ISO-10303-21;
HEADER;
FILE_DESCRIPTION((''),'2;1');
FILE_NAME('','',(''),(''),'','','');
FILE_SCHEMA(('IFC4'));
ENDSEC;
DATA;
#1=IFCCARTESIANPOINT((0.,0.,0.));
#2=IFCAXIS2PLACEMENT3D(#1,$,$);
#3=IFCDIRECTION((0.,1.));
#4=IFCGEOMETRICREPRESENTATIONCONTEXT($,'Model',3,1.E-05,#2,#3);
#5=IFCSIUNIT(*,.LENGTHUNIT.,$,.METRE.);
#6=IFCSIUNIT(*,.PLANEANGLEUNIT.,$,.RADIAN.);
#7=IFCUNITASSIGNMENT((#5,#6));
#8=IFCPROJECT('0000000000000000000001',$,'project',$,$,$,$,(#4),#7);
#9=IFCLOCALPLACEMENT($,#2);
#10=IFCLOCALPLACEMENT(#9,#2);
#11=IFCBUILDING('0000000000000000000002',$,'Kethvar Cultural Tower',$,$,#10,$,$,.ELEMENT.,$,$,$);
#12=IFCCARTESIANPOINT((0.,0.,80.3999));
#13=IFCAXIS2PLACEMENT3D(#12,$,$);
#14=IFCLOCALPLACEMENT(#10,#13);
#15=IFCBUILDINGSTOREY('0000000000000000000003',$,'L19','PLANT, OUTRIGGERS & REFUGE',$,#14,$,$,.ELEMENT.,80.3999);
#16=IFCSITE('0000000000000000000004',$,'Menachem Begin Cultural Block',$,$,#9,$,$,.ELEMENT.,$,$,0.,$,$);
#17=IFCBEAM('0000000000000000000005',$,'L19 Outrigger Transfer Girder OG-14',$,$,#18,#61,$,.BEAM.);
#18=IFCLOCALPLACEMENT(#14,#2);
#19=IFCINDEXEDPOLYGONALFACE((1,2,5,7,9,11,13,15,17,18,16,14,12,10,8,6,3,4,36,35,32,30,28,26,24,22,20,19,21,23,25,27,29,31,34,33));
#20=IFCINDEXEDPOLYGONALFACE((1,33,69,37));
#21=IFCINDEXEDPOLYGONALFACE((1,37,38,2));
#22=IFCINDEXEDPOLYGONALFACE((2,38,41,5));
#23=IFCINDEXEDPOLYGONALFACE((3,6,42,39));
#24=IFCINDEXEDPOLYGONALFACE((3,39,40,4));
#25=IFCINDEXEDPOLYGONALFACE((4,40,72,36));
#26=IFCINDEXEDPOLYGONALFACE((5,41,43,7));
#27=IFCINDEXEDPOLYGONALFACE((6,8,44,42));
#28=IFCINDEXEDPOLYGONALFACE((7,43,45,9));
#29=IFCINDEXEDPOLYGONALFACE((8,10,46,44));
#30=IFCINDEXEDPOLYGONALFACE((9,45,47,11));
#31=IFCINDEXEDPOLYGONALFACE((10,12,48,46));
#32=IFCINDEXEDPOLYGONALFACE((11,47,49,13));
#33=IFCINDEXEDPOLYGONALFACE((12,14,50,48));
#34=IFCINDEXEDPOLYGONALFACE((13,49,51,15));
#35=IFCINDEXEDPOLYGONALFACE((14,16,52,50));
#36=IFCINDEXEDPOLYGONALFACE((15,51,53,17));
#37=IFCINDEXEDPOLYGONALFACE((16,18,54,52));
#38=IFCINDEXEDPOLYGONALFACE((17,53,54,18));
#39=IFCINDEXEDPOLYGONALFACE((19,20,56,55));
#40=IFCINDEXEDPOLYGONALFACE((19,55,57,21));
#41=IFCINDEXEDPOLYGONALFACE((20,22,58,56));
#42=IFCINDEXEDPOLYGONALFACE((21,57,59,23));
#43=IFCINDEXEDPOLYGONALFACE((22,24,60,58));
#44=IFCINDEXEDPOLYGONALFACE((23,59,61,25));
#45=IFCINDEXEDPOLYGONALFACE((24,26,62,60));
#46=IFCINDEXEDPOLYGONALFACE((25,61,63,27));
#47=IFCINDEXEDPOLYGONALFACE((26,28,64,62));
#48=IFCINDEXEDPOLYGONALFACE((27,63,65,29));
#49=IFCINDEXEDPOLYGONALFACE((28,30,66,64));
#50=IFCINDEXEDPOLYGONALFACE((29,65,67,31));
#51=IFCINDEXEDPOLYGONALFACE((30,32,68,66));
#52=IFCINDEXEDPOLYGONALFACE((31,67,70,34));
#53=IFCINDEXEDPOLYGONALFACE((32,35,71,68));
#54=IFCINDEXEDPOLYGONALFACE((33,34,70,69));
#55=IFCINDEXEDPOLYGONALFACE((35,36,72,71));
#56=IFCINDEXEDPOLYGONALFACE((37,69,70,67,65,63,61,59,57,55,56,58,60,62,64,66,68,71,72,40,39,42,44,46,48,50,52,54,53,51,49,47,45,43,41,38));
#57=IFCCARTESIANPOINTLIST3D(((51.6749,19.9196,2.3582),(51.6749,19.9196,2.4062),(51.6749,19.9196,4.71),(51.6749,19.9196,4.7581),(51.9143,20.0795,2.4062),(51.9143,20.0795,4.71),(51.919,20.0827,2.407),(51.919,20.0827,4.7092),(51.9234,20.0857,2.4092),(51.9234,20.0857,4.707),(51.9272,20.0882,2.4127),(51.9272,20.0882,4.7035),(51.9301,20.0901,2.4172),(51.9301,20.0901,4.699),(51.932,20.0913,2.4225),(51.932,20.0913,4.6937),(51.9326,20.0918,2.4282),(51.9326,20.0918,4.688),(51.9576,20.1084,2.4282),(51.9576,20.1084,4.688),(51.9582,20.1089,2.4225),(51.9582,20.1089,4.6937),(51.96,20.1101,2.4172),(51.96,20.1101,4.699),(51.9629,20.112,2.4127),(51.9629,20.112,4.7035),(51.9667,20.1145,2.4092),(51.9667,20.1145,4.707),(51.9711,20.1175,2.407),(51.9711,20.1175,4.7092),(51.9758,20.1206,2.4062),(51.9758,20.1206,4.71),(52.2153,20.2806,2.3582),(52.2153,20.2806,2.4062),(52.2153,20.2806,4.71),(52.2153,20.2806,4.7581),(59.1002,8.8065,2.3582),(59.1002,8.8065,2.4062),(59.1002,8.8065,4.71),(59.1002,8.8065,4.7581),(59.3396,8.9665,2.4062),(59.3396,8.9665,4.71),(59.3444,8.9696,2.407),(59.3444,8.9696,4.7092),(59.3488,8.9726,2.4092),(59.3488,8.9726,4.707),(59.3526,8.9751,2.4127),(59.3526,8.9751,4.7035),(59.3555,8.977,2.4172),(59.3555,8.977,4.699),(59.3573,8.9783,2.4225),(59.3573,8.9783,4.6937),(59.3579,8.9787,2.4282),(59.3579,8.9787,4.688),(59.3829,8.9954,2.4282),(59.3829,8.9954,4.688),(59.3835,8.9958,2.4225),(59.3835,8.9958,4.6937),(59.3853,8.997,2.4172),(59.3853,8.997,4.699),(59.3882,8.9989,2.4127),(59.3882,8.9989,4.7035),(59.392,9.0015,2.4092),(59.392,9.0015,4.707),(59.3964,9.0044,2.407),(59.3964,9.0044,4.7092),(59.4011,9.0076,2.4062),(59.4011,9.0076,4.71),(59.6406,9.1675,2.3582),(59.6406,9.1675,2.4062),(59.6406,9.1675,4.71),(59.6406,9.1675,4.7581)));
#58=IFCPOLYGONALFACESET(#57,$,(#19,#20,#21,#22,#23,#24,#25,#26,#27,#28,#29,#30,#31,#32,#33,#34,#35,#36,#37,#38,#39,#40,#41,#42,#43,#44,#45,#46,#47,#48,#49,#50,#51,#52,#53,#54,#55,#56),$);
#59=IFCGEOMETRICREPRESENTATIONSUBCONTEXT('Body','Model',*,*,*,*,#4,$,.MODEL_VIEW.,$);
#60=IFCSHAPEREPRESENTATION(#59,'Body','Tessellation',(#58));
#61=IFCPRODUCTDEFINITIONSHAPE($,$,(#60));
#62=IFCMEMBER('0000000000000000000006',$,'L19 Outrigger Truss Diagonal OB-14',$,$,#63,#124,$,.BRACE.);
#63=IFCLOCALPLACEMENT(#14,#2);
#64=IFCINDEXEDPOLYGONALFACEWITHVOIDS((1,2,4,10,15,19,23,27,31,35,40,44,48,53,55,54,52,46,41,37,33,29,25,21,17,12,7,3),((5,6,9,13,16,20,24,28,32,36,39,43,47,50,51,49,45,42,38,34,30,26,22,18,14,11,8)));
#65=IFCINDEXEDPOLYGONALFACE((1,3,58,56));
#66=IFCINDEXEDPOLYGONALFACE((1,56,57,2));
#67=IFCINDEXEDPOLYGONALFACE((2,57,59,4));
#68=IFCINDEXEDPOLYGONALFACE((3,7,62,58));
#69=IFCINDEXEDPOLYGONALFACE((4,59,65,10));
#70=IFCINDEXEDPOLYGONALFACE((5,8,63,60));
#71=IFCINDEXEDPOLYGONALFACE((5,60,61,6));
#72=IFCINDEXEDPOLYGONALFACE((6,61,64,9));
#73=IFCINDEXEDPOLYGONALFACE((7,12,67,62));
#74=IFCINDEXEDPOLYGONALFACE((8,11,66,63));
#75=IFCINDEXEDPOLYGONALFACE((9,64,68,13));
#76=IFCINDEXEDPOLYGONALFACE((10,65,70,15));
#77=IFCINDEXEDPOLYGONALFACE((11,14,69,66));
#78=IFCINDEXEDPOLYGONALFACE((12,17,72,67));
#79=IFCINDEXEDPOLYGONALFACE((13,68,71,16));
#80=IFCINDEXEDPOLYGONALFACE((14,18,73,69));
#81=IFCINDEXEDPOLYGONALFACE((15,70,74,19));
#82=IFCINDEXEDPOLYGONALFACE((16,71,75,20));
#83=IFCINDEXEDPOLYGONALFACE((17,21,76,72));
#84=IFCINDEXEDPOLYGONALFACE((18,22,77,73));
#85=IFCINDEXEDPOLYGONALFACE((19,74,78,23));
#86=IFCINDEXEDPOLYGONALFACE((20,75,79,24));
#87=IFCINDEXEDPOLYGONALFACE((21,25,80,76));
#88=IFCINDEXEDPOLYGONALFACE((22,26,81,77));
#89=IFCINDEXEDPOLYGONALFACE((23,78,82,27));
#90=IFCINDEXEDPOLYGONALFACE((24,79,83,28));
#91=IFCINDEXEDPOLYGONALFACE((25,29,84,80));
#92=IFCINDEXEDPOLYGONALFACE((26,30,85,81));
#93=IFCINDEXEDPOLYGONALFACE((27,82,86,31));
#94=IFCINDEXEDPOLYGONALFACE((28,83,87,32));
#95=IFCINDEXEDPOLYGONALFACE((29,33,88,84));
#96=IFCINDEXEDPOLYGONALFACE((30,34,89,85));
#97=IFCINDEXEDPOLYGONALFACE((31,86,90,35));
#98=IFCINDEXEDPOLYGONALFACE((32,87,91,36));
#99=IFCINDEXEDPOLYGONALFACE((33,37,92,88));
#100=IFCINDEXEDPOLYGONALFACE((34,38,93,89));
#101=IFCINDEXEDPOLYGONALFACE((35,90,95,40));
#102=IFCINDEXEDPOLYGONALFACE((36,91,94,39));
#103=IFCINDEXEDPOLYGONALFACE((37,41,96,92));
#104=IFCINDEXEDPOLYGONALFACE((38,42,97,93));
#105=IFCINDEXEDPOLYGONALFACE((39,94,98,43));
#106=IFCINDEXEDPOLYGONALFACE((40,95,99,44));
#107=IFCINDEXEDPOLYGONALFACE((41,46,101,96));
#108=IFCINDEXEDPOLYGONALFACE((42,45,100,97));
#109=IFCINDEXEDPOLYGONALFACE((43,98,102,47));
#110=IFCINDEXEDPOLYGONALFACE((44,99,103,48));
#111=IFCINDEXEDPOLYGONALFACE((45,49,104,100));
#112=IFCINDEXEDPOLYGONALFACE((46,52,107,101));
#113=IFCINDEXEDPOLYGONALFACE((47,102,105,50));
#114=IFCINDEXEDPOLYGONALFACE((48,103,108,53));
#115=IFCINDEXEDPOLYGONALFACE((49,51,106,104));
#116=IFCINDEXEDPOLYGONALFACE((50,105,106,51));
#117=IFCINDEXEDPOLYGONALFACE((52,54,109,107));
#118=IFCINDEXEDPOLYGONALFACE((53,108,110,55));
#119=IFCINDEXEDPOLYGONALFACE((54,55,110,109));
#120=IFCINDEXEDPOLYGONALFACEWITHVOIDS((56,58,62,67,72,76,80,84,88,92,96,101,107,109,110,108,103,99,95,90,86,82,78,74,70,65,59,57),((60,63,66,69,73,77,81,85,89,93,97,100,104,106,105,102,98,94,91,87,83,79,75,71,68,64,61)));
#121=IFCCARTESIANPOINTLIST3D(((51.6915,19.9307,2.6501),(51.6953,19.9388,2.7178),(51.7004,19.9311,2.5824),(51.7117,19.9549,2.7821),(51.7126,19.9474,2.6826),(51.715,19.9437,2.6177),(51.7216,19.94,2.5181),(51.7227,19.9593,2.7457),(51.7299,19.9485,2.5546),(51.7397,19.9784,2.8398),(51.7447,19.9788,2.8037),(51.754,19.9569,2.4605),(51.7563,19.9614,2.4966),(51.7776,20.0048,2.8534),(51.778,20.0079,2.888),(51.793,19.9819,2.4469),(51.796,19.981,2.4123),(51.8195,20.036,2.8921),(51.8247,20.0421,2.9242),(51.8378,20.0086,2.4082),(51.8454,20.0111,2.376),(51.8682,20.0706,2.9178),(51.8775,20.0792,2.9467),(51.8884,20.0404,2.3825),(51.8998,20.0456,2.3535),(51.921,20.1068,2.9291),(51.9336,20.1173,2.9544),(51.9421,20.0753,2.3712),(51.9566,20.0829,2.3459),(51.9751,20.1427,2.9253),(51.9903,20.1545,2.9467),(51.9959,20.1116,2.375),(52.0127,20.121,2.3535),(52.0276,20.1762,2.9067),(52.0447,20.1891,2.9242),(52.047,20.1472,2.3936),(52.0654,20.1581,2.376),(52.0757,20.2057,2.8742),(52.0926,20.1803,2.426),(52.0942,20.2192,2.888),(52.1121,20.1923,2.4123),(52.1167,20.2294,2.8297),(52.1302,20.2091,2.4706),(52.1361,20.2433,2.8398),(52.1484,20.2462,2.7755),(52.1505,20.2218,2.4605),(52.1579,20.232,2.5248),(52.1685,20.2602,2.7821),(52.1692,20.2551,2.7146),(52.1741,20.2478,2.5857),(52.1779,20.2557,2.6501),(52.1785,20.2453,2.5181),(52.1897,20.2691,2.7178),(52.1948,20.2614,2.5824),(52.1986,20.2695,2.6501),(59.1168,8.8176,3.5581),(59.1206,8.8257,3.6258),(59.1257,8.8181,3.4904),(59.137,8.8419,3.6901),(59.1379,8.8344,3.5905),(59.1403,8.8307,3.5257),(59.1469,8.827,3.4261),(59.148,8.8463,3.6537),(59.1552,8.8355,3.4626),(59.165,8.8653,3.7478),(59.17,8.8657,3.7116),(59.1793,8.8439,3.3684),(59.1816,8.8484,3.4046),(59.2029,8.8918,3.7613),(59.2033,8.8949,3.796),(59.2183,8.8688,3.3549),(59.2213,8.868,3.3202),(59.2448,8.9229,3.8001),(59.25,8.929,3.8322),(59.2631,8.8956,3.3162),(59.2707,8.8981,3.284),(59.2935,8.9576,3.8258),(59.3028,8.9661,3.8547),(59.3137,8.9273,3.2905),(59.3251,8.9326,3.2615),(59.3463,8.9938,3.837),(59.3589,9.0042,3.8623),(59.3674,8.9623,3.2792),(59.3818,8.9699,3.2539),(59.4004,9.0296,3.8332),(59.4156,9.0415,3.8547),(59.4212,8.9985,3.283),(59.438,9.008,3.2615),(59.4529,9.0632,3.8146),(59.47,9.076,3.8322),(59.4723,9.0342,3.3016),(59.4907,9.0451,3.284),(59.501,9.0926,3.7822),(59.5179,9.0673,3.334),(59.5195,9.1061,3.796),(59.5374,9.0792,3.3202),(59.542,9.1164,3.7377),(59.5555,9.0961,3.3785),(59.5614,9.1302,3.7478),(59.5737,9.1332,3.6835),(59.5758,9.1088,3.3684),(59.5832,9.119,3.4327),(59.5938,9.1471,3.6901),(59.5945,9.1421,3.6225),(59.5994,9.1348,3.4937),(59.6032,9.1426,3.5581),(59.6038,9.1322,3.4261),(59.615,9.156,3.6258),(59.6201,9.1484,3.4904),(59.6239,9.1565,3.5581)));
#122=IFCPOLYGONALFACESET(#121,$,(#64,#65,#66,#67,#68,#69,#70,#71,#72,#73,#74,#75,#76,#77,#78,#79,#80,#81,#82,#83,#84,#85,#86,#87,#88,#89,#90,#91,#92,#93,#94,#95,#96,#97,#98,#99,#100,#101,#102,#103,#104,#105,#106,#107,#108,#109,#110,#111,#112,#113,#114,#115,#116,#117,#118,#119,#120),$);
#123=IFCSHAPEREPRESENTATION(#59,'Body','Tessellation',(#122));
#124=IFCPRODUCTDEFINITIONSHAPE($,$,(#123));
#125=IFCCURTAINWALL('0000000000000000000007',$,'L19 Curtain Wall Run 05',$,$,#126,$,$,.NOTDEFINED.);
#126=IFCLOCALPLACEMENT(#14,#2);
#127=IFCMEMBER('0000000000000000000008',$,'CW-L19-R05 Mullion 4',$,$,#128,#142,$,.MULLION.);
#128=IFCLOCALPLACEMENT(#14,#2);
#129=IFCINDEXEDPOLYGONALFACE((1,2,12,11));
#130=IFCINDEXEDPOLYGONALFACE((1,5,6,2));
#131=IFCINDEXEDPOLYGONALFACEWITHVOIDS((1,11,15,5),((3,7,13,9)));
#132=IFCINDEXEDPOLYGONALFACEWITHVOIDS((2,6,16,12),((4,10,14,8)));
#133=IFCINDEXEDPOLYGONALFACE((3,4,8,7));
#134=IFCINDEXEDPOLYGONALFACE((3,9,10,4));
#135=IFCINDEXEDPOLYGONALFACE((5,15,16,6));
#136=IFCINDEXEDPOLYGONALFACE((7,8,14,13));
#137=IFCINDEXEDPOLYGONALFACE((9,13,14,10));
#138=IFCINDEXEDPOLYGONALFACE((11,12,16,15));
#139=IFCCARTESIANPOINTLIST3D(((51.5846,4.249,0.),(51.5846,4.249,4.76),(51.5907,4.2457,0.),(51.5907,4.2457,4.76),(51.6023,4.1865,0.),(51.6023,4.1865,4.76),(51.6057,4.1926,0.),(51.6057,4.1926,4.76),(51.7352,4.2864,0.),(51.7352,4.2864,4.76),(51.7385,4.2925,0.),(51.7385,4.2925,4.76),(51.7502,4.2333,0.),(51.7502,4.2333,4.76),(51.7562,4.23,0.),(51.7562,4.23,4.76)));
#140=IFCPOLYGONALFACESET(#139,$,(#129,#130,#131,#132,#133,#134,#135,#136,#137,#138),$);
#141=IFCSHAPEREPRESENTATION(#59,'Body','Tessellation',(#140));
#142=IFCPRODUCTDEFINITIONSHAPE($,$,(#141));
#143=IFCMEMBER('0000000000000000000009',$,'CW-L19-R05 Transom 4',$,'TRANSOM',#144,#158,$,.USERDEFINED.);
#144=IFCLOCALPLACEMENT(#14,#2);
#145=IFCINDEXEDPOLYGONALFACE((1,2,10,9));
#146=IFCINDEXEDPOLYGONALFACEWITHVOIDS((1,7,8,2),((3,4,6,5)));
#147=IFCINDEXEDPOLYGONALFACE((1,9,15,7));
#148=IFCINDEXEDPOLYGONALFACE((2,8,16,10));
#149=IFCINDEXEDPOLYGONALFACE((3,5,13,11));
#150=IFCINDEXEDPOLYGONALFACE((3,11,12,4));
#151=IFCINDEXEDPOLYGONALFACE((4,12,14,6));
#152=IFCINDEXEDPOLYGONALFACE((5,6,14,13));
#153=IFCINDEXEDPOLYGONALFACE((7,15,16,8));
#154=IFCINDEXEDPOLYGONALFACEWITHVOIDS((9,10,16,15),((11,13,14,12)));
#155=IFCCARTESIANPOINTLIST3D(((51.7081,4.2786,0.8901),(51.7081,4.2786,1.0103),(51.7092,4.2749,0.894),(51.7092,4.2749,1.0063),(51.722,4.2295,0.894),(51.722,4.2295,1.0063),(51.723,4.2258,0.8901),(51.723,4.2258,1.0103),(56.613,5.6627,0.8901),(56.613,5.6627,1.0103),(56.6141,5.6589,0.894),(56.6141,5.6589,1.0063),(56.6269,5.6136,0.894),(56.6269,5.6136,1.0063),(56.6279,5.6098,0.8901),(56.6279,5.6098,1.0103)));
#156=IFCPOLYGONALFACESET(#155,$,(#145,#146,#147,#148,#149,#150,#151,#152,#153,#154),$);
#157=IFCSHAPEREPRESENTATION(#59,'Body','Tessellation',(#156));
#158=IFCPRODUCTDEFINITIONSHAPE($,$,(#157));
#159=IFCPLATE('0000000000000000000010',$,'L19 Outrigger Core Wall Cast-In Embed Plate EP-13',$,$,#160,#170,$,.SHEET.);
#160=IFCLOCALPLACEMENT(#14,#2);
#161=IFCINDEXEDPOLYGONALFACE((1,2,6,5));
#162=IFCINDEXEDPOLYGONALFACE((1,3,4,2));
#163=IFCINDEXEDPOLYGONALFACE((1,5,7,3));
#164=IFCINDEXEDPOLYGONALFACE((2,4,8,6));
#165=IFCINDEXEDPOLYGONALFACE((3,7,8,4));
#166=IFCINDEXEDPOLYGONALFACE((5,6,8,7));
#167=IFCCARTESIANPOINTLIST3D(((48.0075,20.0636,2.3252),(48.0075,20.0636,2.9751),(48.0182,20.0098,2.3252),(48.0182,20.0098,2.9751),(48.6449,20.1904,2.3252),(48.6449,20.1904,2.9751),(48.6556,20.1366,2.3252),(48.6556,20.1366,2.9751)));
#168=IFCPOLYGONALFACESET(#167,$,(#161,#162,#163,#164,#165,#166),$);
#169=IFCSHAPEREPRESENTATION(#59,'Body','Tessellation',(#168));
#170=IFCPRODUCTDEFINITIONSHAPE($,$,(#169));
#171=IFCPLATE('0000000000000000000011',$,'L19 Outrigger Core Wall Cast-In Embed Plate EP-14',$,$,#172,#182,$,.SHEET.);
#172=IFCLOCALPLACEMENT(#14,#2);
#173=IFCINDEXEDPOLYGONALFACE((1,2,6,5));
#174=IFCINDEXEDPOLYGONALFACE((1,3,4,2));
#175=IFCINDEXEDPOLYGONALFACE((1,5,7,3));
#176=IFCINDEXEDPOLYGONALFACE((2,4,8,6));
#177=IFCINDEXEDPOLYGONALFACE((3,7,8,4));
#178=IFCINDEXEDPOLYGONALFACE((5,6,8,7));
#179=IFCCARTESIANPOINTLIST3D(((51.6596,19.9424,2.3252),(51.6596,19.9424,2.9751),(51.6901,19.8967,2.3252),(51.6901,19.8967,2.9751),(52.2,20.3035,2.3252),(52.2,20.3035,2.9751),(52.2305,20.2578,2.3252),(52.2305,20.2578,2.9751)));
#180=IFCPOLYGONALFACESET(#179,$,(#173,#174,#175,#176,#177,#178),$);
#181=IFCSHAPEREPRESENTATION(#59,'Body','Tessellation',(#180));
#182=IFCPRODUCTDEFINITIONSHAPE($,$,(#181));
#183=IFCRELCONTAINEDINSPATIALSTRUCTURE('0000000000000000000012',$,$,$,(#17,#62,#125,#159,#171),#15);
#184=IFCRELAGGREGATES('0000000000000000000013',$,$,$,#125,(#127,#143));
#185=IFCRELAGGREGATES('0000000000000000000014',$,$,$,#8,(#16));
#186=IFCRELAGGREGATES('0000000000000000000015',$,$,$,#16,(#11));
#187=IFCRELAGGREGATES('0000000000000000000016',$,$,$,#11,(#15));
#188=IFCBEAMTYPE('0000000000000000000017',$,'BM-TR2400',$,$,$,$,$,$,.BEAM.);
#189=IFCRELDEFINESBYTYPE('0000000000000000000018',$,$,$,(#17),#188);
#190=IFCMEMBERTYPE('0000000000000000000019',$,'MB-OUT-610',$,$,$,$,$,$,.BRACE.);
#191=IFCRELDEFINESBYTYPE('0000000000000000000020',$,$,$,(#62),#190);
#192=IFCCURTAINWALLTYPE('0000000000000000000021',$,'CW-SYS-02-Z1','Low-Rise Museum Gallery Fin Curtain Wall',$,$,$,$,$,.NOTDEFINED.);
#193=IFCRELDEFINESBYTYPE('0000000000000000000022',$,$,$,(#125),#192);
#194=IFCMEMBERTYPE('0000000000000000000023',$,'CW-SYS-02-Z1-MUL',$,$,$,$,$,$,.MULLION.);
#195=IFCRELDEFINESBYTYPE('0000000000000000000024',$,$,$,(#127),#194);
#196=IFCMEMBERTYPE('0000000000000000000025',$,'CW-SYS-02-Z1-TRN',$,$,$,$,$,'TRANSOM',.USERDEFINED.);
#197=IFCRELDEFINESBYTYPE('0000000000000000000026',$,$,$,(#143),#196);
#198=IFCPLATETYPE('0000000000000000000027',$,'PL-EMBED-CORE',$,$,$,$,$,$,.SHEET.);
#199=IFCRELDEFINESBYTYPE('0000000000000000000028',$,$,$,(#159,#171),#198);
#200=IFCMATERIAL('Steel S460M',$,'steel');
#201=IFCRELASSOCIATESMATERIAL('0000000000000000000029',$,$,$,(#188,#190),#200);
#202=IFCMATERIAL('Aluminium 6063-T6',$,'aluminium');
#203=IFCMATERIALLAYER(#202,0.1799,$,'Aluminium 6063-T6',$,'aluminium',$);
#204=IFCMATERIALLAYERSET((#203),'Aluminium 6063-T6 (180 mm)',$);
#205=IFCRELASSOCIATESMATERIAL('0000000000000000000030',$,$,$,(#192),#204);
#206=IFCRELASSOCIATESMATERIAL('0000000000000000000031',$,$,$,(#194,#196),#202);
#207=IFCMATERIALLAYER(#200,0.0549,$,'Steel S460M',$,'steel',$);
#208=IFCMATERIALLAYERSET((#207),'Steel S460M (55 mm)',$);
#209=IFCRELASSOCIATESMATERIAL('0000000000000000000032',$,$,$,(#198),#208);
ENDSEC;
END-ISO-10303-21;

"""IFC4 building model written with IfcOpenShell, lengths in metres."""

from ifc_helpers import new_model, si_unit, direction, frame, origin, origin_2d, place, context, subcontext, project, spatial, rectangle, hollow_rectangle, hollow_circle, i_section, extrude, source, transform, mapped, material, layer, layer_set, material_profile, profile_set, type_object, element, aggregate, save


model = new_model("IFC4")

# Units and contexts
model_context = context("Model", 3, precision=1e-05, world=origin(), true_north=direction((0.0, 1.0)))
body_context = subcontext(model_context, "Body", "Model", "MODEL_VIEW")
ifc_project = project(units=[si_unit("LENGTHUNIT", "METRE"), si_unit("PLANEANGLEUNIT", "RADIAN")], contexts=[model_context])

# Site, building, storey
site_placement = place(None, origin())
site = spatial("IfcSite", under=ifc_project, at=site_placement, Name="Menachem Begin Cultural Block", CompositionType="ELEMENT", RefElevation=0.0)
building_placement = place(site_placement, origin())
building = spatial("IfcBuilding", under=site, at=building_placement, Name="Kethvar Cultural Tower", CompositionType="ELEMENT")
storey_placement = place(building_placement, frame((0.0, 0.0, 80.3999)))
storey = spatial("IfcBuildingStorey", under=building, at=storey_placement, Name="L19", Description="PLANT, OUTRIGGERS & REFUGE", CompositionType="ELEMENT", Elevation=80.3999)

# Shared definitions
ifc_material_1 = material(Name="Steel S460M", Category="steel")

# Shared definitions
ifc_material_profile_1 = material_profile(ifc_material_1, i_section(OverallWidth=0.6499, OverallDepth=2.3999, WebThickness=0.03, FlangeThickness=0.0481, FilletRadius=0.022, at=origin_2d()), Name="Steel S460M — PG2400x650x48x30")
ifc_profile_set_1 = profile_set([ifc_material_profile_1], Name="Steel S460M — PG2400x650x48x30")
beam_type = type_object("IfcBeamType", Name="BM-TR2400", PredefinedType="BEAM", material=ifc_profile_set_1)

# Shared definitions
ifc_material_profile_2 = material_profile(ifc_material_1, hollow_circle(Radius=0.3049, WallThickness=0.0249, at=origin_2d()), Name="Steel S460M — CHS610x25")
ifc_profile_set_2 = profile_set([ifc_material_profile_2], Name="Steel S460M — CHS610x25")
member_type_1 = type_object("IfcMemberType", Name="MB-OUT-610", PredefinedType="BRACE", material=ifc_profile_set_2)

# Beam
shared_shape_1 = source(origin(), body_context, "Body", "SweptSolid", [
    extrude(i_section(OverallWidth=0.6499, OverallDepth=2.3999, WebThickness=0.03, FlangeThickness=0.0481, FilletRadius=0.022, at=origin_2d()), origin(), (0.0, 0.0, 1.0), 13.3655),
])
beam_1_placement = place(storey_placement, frame((51.9451, 20.1001, 3.5581), z_axis=(0.55556, -0.831477, 0.0), x_axis=(0.831477, 0.55556, 0.0)))
element("IfcBeam", 1, at=beam_1_placement, inside=storey, type_object=beam_type, Name="L19 Outrigger Transfer Girder OG-14", PredefinedType="BEAM", context=body_context, shape_type="MappedRepresentation", body=[
    mapped(shared_shape_1, transform((0.0, 0.0, 0.0), scale=1.0)),
])

# Member
shared_shape_2 = source(origin(), body_context, "Body", "SweptSolid", [
    extrude(hollow_circle(Radius=0.3049, WallThickness=0.0249, at=origin_2d()), origin(), (0.0, 0.0, 1.0), 13.3962),
])
member_1_placement = place(storey_placement, frame((51.9451, 20.1001, 2.6501), z_axis=(0.554282, -0.829565, 0.067777), x_axis=(0.831477, 0.55556, 0.0)))
element("IfcMember", 2, at=member_1_placement, inside=storey, type_object=member_type_1, Name="L19 Outrigger Truss Diagonal OB-14", PredefinedType="BRACE", context=body_context, shape_type="MappedRepresentation", body=[
    mapped(shared_shape_2, transform((0.0, 0.0, 0.0), scale=1.0)),
])

# Curtain wall, members
ifc_material_2 = material(Name="Aluminium 6063-T6", Category="aluminium")
ifc_layer_1 = layer(ifc_material_2, 0.1799, Name="Aluminium 6063-T6", Category="aluminium")
ifc_layer_set_1 = layer_set([ifc_layer_1], Name="Aluminium 6063-T6 (180 mm)")
curtain_wall_type = type_object("IfcCurtainWallType", Name="CW-SYS-02-Z1", Description="Low-Rise Museum Gallery Fin Curtain Wall", PredefinedType="NOTDEFINED", material=ifc_layer_set_1)
curtain_wall_placement = place(storey_placement, origin())
curtain_wall = element("IfcCurtainWall", 3, at=curtain_wall_placement, inside=storey, type_object=curtain_wall_type, Name="L19 Curtain Wall Run 05", PredefinedType="NOTDEFINED")
ifc_material_profile_3 = material_profile(ifc_material_2, hollow_rectangle(XDim=0.0649, YDim=0.1599, WallThickness=0.0049, at=origin_2d()), Name="Aluminium 6063-T6 — RHS160x65x5")
ifc_profile_set_3 = profile_set([ifc_material_profile_3], Name="Aluminium 6063-T6 — RHS160x65x5")
member_type_2 = type_object("IfcMemberType", Name="CW-SYS-02-Z1-MUL", PredefinedType="MULLION", material=ifc_profile_set_3)
shared_shape_3 = source(origin(), body_context, "Body", "SweptSolid", [
    extrude(hollow_rectangle(XDim=0.0649, YDim=0.1599, WallThickness=0.0049, at=origin_2d()), origin(), (0.0, 0.0, 1.0), 4.76),
])
member_2_placement = place(storey_placement, frame((51.6704, 4.2395, 0.0), z_axis=(0.0, 0.0, 1.0), x_axis=(-0.271592, 0.962413, 0.0)))
member_2 = element("IfcMember", 4, at=member_2_placement, type_object=member_type_2, Name="CW-L19-R05 Mullion 4", PredefinedType="MULLION", context=body_context, shape_type="MappedRepresentation", body=[
    mapped(shared_shape_3, transform((0.0, 0.0, 0.0), scale=1.0)),
])
ifc_material_profile_4 = material_profile(ifc_material_2, hollow_rectangle(XDim=0.0549, YDim=0.1201, WallThickness=0.0039, at=origin_2d()), Name="Aluminium 6063-T6 — RHS120x55x4")
ifc_profile_set_4 = profile_set([ifc_material_profile_4], Name="Aluminium 6063-T6 — RHS120x55x4")
member_type_3 = type_object("IfcMemberType", Name="CW-SYS-02-Z1-TRN", ElementType="TRANSOM", PredefinedType="USERDEFINED", material=ifc_profile_set_4)
shared_shape_4 = source(origin(), body_context, "Body", "SweptSolid", [
    extrude(hollow_rectangle(XDim=0.0549, YDim=0.1201, WallThickness=0.0039, at=origin_2d()), origin(), (0.0, 0.0, 1.0), 5.0964),
])
member_3_placement = place(storey_placement, frame((51.7156, 4.2522, 0.9502), z_axis=(0.962417, 0.271575, 0.0), x_axis=(-0.271575, 0.962417, 0.0)))
member_3 = element("IfcMember", 5, at=member_3_placement, type_object=member_type_3, Name="CW-L19-R05 Transom 4", ObjectType="TRANSOM", PredefinedType="USERDEFINED", context=body_context, shape_type="MappedRepresentation", body=[
    mapped(shared_shape_4, transform((0.0, 0.0, 0.0), scale=1.0)),
])

# Plates
ifc_layer_2 = layer(ifc_material_1, 0.0549, Name="Steel S460M", Category="steel")
ifc_layer_set_2 = layer_set([ifc_layer_2], Name="Steel S460M (55 mm)")
plate_type_1 = type_object("IfcPlateType", Name="PL-EMBED-CORE", PredefinedType="SHEET", material=ifc_layer_set_2)
shared_shape_5 = source(origin(), body_context, "Body", "SweptSolid", [
    extrude(rectangle(XDim=0.0549, YDim=0.6499, at=origin_2d()), origin(), (0.0, 0.0, 1.0), 0.6499),
])
for number, where, z_axis, x_axis, name in (
    (6, (48.3315, 20.1001, 2.3252), (0.0, 0.0, 1.0), (0.19509, -0.980785, 0.0), "L19 Outrigger Core Wall Cast-In Embed Plate EP-13"),
    (7, (51.9451, 20.1001, 2.3252), (0.0, 0.0, 1.0), (0.55557, -0.83147, 0.0), "L19 Outrigger Core Wall Cast-In Embed Plate EP-14"),
):
    element("IfcPlate", number, at=place(storey_placement, frame(where, z_axis=z_axis, x_axis=x_axis)), inside=storey, type_object=plate_type_1, Name=name, PredefinedType="SHEET", context=body_context, shape_type="MappedRepresentation", body=[
        mapped(shared_shape_5, transform((0.0, 0.0, 0.0), scale=1.0)),
    ])

aggregate(curtain_wall, [member_2, member_3])

save(model, "model.ifc")
